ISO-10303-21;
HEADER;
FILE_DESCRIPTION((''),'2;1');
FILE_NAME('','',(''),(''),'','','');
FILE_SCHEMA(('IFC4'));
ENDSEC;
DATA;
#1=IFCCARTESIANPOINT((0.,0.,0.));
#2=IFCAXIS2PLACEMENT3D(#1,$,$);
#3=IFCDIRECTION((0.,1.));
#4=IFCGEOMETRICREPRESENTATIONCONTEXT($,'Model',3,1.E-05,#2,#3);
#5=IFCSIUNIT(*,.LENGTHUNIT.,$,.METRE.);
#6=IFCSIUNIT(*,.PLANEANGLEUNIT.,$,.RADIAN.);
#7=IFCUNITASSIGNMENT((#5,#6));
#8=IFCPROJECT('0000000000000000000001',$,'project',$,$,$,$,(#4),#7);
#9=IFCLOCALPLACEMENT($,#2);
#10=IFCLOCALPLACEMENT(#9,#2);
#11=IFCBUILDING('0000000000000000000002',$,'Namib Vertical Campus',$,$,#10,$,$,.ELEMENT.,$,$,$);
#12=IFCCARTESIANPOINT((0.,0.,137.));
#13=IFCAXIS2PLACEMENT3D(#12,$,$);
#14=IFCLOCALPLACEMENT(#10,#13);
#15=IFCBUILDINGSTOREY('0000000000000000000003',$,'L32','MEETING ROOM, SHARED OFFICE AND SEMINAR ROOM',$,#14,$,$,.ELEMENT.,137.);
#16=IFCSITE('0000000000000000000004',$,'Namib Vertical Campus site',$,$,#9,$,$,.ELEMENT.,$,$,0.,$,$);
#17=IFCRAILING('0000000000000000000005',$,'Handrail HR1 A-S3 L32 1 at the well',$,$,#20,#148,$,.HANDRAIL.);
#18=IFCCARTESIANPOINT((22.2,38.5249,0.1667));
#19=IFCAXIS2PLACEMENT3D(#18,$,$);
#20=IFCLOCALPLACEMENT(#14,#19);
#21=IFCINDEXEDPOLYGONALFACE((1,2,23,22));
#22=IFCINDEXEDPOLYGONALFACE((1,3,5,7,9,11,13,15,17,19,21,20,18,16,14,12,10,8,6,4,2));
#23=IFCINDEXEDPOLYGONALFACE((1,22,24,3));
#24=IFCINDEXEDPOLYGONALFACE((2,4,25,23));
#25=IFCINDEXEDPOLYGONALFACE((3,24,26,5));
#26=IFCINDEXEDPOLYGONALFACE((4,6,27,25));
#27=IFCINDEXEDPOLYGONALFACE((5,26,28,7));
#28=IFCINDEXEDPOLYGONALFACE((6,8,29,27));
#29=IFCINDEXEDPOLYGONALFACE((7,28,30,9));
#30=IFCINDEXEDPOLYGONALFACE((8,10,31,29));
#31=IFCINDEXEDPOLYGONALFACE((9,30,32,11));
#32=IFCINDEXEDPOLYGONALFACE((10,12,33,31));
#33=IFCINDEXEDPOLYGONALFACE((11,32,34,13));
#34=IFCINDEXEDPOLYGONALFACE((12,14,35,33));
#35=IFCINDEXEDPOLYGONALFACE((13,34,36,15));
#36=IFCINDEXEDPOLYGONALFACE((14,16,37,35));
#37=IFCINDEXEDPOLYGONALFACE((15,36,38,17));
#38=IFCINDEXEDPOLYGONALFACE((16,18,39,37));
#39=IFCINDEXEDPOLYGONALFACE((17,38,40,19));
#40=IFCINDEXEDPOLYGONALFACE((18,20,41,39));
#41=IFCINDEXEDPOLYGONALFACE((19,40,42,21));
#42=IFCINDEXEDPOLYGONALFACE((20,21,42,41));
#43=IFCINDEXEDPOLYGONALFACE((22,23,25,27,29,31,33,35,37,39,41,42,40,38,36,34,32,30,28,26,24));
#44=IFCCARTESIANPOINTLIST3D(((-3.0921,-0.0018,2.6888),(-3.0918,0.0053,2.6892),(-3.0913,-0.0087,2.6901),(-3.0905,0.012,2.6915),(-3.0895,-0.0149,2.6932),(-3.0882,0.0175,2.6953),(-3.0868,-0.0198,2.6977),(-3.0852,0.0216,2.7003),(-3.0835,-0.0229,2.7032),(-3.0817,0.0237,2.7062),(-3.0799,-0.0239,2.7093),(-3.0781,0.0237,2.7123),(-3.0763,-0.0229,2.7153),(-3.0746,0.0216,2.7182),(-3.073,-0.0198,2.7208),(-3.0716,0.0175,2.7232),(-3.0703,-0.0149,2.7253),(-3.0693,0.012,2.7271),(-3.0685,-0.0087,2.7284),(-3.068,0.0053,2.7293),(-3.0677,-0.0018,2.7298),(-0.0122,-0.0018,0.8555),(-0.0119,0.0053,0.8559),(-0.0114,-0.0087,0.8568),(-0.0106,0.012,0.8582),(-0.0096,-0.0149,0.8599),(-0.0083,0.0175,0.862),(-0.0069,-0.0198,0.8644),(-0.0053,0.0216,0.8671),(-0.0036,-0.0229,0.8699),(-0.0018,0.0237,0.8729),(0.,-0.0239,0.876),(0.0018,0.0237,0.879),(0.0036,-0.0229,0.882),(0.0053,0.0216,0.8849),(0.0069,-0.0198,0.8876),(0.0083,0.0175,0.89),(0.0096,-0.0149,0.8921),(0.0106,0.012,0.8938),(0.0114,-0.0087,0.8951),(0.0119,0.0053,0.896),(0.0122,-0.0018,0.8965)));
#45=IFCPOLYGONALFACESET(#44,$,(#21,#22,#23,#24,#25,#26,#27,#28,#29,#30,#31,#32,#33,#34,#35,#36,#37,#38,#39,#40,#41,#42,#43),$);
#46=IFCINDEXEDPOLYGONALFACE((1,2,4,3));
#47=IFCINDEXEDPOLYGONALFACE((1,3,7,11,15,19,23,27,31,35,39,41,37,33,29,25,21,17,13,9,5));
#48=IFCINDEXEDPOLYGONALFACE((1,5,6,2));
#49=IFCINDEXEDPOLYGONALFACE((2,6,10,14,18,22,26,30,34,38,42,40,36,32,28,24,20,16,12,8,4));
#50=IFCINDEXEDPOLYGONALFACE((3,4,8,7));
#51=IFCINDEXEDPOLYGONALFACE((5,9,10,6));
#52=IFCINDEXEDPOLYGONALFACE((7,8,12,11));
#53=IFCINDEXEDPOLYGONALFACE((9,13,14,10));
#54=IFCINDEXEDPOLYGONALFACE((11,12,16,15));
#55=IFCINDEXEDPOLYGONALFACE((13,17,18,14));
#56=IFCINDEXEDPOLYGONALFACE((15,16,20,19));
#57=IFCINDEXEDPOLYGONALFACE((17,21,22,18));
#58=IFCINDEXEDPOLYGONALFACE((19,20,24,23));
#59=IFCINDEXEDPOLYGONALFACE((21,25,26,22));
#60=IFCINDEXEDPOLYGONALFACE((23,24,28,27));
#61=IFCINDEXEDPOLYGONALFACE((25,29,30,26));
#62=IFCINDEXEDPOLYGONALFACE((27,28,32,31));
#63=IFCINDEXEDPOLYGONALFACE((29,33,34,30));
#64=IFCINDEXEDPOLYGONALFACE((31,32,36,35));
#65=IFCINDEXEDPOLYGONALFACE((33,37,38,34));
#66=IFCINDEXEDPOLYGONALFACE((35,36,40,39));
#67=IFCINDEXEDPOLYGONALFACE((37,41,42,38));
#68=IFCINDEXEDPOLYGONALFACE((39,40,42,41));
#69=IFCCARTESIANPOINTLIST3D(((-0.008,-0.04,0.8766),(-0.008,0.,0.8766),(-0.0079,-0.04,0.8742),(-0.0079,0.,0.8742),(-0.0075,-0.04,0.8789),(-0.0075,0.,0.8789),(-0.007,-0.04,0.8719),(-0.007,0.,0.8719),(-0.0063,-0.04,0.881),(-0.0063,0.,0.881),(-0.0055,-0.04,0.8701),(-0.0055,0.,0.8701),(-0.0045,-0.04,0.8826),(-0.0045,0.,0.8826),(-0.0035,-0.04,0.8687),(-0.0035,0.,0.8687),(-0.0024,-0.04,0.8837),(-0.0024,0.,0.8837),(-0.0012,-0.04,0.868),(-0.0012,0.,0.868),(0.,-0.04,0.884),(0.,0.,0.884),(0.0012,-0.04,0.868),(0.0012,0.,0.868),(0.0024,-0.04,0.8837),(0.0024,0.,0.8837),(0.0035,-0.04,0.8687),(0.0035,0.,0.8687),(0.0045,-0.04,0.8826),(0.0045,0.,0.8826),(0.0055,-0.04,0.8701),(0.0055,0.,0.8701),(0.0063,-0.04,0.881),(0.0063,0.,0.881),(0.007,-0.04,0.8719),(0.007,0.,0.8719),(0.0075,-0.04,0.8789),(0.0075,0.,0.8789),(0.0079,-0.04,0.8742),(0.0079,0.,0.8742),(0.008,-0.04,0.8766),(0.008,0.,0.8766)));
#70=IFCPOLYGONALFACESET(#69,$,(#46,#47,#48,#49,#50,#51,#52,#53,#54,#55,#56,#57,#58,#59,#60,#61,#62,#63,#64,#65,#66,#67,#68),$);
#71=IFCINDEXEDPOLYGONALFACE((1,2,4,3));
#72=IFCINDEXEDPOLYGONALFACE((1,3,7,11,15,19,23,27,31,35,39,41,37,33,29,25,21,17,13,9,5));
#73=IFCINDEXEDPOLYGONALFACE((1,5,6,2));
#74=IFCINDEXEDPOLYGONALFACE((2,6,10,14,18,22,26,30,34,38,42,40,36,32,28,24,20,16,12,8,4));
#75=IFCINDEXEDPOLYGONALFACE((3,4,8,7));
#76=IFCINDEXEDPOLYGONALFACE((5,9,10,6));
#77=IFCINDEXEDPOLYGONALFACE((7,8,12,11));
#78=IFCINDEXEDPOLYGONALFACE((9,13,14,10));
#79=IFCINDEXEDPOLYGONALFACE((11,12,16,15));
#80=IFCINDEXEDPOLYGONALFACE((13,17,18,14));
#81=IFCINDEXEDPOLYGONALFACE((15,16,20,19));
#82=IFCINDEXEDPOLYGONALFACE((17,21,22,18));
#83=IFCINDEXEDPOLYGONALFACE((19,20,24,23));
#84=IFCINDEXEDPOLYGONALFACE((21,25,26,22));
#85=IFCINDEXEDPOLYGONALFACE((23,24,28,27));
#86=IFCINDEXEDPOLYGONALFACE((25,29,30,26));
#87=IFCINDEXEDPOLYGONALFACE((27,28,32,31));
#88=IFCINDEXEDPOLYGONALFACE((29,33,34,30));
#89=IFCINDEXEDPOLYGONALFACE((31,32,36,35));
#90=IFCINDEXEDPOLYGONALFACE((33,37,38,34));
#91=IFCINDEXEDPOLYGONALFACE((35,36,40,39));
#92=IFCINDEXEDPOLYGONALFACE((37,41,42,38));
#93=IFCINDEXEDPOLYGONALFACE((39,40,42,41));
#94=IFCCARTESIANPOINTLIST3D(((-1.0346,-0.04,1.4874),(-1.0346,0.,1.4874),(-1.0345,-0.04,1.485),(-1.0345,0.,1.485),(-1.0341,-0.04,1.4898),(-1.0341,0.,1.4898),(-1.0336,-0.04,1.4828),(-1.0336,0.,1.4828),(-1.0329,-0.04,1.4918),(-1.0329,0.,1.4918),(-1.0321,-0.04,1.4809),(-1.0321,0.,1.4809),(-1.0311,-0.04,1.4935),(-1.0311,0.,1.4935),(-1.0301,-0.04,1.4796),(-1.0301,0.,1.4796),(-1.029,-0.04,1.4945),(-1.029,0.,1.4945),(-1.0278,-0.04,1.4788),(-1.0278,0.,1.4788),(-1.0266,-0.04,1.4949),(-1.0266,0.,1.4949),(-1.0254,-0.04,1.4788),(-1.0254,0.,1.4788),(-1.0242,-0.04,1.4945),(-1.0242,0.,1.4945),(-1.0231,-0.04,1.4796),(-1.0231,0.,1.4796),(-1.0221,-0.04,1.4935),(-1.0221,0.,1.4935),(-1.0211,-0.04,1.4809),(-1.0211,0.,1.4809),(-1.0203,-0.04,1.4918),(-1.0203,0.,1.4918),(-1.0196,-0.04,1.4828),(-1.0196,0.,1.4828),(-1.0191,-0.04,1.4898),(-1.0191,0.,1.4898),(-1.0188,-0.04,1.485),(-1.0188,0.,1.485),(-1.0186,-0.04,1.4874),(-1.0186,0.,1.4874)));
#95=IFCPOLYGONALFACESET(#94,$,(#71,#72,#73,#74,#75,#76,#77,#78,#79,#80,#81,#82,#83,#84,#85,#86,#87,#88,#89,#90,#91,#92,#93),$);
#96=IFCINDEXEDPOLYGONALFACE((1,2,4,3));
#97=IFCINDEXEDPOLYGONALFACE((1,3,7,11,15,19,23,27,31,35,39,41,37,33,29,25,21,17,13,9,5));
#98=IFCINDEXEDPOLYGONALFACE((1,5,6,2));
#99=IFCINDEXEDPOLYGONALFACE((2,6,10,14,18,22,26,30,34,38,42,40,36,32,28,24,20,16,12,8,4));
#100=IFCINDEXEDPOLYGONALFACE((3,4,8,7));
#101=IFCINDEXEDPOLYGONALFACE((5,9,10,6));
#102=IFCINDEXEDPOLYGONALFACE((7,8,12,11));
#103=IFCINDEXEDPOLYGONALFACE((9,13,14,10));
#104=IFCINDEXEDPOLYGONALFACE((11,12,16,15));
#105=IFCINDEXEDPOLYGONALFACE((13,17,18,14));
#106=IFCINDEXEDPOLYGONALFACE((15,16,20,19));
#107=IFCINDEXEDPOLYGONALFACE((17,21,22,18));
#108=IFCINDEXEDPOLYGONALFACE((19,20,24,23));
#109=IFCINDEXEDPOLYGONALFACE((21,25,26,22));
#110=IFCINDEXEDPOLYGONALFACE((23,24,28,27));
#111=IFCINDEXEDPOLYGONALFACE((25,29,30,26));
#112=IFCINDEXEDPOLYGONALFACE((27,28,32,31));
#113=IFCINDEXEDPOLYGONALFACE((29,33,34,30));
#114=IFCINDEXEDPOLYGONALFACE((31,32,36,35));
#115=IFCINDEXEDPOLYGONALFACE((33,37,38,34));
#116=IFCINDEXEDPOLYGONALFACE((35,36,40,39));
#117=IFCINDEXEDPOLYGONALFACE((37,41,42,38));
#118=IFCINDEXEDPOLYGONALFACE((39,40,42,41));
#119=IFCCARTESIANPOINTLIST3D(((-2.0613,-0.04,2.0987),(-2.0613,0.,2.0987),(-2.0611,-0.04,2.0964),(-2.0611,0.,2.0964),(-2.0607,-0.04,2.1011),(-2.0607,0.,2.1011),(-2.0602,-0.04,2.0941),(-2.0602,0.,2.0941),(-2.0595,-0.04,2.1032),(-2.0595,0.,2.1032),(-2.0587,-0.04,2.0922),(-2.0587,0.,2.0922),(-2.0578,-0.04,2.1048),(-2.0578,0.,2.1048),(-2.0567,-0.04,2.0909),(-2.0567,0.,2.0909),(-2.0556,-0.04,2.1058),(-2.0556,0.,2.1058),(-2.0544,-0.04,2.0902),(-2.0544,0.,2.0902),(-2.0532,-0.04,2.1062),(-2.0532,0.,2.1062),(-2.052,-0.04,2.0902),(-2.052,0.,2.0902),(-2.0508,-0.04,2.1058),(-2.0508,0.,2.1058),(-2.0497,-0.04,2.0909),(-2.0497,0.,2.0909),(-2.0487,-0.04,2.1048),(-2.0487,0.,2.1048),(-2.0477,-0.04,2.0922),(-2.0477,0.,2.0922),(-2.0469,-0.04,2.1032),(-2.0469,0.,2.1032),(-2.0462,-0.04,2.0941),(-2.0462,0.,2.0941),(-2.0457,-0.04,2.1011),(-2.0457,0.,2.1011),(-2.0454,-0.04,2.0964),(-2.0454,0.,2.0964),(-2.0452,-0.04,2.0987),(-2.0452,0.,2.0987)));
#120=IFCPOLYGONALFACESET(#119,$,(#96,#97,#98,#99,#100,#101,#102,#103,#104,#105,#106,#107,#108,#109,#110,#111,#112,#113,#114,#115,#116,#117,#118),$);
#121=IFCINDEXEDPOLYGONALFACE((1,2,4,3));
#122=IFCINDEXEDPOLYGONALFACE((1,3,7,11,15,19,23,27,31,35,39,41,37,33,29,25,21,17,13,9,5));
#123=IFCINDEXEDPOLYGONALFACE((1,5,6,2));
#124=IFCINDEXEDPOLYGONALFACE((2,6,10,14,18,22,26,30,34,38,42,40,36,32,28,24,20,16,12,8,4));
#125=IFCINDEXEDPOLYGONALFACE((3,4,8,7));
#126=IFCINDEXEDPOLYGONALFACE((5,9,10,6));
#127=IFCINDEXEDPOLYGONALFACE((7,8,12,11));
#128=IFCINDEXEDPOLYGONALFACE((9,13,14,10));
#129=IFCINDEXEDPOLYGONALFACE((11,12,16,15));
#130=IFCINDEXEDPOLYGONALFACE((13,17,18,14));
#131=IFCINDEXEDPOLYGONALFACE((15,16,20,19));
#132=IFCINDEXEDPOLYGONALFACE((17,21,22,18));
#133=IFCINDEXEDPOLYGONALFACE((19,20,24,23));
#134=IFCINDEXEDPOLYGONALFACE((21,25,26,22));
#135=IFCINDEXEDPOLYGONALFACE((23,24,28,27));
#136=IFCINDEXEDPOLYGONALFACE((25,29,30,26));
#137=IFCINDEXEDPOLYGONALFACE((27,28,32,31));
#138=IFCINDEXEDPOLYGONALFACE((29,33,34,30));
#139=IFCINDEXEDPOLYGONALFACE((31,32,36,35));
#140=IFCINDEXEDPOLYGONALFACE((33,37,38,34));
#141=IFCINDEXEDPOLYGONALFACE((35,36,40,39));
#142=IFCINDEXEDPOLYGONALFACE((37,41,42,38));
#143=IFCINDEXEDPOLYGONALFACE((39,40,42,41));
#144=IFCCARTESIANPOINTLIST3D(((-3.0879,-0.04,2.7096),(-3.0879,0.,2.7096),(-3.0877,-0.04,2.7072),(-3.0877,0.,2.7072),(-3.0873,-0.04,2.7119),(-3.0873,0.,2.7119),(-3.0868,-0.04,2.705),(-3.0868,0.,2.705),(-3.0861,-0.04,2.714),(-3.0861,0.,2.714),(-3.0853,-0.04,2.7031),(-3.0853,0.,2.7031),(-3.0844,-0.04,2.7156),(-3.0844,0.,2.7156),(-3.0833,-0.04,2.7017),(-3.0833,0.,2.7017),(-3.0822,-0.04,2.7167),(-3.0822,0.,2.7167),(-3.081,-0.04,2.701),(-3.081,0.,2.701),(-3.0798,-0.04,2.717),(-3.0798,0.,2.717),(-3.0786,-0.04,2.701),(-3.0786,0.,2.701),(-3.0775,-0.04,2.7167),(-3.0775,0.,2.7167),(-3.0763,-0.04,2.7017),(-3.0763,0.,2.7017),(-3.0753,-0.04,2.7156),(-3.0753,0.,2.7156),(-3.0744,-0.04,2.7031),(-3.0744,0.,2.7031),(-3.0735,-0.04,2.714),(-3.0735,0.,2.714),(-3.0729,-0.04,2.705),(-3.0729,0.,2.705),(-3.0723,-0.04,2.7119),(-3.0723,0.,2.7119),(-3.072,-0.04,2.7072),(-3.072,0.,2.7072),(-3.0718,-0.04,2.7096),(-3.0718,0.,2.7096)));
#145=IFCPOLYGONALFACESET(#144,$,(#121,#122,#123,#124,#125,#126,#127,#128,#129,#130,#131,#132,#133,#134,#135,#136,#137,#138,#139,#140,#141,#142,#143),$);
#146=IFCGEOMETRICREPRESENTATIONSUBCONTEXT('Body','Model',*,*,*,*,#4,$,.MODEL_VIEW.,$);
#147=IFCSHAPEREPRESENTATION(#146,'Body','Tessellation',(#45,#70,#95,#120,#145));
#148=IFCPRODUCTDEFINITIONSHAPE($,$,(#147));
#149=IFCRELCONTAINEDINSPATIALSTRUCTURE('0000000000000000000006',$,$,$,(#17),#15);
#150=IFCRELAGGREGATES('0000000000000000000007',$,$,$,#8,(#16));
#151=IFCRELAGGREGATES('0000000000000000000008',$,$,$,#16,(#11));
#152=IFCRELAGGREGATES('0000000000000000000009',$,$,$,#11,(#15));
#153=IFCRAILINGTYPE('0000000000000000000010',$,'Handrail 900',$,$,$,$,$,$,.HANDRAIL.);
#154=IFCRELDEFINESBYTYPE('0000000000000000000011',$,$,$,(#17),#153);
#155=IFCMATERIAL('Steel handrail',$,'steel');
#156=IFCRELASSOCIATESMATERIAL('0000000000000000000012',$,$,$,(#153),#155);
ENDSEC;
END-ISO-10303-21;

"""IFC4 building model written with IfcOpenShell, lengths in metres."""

from ifc_helpers import new_model, si_unit, direction, frame, origin, origin_2d, place, context, subcontext, project, spatial, circle, extrude, material, type_object, element, save


model = new_model("IFC4")

# Units and contexts
model_context = context("Model", 3, precision=1e-05, world=origin(), true_north=direction((0.0, 1.0)))
body_context = subcontext(model_context, "Body", "Model", "MODEL_VIEW")
ifc_project = project(units=[si_unit("LENGTHUNIT", "METRE"), si_unit("PLANEANGLEUNIT", "RADIAN")], contexts=[model_context])

# Site, building, storey
site_placement = place(None, origin())
site = spatial("IfcSite", under=ifc_project, at=site_placement, Name="Namib Vertical Campus site", CompositionType="ELEMENT", RefElevation=0.0)
building_placement = place(site_placement, origin())
building = spatial("IfcBuilding", under=site, at=building_placement, Name="Namib Vertical Campus", CompositionType="ELEMENT")
storey_placement = place(building_placement, frame((0.0, 0.0, 137.0)))
storey = spatial("IfcBuildingStorey", under=building, at=storey_placement, Name="L32", Description="MEETING ROOM, SHARED OFFICE AND SEMINAR ROOM", CompositionType="ELEMENT", Elevation=137.0)

# Railing
ifc_material_1 = material(Name="Steel handrail", Category="steel")
railing_type_1 = type_object("IfcRailingType", Name="Handrail 900", PredefinedType="HANDRAIL", material=ifc_material_1)
railing_1_placement = place(storey_placement, frame((22.2, 38.5249, 0.1667)))
element("IfcRailing", 1, at=railing_1_placement, inside=storey, type_object=railing_type_1, Name="Handrail HR1 A-S3 L32 1 at the well", PredefinedType="HANDRAIL", context=body_context, shape_type="SweptSolid", body=[
    extrude(circle(Radius=0.0239, at=origin_2d()), frame((0.0, 0.0, 0.876), z_axis=(-0.859291, 0.0, 0.511487), x_axis=(0.0, -1.0, 0.0)), (0.0, 0.0, 1.0), 3.5842),
    extrude(circle(Radius=0.0081, at=origin_2d()), frame((0.0, 0.0, 0.876), z_axis=(0.0, -1.0, 0.0), x_axis=(0.0, 0.0, 1.0)), (0.0, 0.0, 1.0), 0.04),
    extrude(circle(Radius=0.0081, at=origin_2d()), frame((-1.0266, 0.0, 1.4868), z_axis=(0.0, -1.0, 0.0), x_axis=(0.0, 0.0, 1.0)), (0.0, 0.0, 1.0), 0.04),
    extrude(circle(Radius=0.0081, at=origin_2d()), frame((-2.0532, 0.0, 2.0981), z_axis=(0.0, -1.0, 0.0), x_axis=(0.0, 0.0, 1.0)), (0.0, 0.0, 1.0), 0.04),
    extrude(circle(Radius=0.0081, at=origin_2d()), frame((-3.0798, 0.0, 2.709), z_axis=(0.0, -1.0, 0.0), x_axis=(0.0, 0.0, 1.0)), (0.0, 0.0, 1.0), 0.04),
])

save(model, "model.ifc")
